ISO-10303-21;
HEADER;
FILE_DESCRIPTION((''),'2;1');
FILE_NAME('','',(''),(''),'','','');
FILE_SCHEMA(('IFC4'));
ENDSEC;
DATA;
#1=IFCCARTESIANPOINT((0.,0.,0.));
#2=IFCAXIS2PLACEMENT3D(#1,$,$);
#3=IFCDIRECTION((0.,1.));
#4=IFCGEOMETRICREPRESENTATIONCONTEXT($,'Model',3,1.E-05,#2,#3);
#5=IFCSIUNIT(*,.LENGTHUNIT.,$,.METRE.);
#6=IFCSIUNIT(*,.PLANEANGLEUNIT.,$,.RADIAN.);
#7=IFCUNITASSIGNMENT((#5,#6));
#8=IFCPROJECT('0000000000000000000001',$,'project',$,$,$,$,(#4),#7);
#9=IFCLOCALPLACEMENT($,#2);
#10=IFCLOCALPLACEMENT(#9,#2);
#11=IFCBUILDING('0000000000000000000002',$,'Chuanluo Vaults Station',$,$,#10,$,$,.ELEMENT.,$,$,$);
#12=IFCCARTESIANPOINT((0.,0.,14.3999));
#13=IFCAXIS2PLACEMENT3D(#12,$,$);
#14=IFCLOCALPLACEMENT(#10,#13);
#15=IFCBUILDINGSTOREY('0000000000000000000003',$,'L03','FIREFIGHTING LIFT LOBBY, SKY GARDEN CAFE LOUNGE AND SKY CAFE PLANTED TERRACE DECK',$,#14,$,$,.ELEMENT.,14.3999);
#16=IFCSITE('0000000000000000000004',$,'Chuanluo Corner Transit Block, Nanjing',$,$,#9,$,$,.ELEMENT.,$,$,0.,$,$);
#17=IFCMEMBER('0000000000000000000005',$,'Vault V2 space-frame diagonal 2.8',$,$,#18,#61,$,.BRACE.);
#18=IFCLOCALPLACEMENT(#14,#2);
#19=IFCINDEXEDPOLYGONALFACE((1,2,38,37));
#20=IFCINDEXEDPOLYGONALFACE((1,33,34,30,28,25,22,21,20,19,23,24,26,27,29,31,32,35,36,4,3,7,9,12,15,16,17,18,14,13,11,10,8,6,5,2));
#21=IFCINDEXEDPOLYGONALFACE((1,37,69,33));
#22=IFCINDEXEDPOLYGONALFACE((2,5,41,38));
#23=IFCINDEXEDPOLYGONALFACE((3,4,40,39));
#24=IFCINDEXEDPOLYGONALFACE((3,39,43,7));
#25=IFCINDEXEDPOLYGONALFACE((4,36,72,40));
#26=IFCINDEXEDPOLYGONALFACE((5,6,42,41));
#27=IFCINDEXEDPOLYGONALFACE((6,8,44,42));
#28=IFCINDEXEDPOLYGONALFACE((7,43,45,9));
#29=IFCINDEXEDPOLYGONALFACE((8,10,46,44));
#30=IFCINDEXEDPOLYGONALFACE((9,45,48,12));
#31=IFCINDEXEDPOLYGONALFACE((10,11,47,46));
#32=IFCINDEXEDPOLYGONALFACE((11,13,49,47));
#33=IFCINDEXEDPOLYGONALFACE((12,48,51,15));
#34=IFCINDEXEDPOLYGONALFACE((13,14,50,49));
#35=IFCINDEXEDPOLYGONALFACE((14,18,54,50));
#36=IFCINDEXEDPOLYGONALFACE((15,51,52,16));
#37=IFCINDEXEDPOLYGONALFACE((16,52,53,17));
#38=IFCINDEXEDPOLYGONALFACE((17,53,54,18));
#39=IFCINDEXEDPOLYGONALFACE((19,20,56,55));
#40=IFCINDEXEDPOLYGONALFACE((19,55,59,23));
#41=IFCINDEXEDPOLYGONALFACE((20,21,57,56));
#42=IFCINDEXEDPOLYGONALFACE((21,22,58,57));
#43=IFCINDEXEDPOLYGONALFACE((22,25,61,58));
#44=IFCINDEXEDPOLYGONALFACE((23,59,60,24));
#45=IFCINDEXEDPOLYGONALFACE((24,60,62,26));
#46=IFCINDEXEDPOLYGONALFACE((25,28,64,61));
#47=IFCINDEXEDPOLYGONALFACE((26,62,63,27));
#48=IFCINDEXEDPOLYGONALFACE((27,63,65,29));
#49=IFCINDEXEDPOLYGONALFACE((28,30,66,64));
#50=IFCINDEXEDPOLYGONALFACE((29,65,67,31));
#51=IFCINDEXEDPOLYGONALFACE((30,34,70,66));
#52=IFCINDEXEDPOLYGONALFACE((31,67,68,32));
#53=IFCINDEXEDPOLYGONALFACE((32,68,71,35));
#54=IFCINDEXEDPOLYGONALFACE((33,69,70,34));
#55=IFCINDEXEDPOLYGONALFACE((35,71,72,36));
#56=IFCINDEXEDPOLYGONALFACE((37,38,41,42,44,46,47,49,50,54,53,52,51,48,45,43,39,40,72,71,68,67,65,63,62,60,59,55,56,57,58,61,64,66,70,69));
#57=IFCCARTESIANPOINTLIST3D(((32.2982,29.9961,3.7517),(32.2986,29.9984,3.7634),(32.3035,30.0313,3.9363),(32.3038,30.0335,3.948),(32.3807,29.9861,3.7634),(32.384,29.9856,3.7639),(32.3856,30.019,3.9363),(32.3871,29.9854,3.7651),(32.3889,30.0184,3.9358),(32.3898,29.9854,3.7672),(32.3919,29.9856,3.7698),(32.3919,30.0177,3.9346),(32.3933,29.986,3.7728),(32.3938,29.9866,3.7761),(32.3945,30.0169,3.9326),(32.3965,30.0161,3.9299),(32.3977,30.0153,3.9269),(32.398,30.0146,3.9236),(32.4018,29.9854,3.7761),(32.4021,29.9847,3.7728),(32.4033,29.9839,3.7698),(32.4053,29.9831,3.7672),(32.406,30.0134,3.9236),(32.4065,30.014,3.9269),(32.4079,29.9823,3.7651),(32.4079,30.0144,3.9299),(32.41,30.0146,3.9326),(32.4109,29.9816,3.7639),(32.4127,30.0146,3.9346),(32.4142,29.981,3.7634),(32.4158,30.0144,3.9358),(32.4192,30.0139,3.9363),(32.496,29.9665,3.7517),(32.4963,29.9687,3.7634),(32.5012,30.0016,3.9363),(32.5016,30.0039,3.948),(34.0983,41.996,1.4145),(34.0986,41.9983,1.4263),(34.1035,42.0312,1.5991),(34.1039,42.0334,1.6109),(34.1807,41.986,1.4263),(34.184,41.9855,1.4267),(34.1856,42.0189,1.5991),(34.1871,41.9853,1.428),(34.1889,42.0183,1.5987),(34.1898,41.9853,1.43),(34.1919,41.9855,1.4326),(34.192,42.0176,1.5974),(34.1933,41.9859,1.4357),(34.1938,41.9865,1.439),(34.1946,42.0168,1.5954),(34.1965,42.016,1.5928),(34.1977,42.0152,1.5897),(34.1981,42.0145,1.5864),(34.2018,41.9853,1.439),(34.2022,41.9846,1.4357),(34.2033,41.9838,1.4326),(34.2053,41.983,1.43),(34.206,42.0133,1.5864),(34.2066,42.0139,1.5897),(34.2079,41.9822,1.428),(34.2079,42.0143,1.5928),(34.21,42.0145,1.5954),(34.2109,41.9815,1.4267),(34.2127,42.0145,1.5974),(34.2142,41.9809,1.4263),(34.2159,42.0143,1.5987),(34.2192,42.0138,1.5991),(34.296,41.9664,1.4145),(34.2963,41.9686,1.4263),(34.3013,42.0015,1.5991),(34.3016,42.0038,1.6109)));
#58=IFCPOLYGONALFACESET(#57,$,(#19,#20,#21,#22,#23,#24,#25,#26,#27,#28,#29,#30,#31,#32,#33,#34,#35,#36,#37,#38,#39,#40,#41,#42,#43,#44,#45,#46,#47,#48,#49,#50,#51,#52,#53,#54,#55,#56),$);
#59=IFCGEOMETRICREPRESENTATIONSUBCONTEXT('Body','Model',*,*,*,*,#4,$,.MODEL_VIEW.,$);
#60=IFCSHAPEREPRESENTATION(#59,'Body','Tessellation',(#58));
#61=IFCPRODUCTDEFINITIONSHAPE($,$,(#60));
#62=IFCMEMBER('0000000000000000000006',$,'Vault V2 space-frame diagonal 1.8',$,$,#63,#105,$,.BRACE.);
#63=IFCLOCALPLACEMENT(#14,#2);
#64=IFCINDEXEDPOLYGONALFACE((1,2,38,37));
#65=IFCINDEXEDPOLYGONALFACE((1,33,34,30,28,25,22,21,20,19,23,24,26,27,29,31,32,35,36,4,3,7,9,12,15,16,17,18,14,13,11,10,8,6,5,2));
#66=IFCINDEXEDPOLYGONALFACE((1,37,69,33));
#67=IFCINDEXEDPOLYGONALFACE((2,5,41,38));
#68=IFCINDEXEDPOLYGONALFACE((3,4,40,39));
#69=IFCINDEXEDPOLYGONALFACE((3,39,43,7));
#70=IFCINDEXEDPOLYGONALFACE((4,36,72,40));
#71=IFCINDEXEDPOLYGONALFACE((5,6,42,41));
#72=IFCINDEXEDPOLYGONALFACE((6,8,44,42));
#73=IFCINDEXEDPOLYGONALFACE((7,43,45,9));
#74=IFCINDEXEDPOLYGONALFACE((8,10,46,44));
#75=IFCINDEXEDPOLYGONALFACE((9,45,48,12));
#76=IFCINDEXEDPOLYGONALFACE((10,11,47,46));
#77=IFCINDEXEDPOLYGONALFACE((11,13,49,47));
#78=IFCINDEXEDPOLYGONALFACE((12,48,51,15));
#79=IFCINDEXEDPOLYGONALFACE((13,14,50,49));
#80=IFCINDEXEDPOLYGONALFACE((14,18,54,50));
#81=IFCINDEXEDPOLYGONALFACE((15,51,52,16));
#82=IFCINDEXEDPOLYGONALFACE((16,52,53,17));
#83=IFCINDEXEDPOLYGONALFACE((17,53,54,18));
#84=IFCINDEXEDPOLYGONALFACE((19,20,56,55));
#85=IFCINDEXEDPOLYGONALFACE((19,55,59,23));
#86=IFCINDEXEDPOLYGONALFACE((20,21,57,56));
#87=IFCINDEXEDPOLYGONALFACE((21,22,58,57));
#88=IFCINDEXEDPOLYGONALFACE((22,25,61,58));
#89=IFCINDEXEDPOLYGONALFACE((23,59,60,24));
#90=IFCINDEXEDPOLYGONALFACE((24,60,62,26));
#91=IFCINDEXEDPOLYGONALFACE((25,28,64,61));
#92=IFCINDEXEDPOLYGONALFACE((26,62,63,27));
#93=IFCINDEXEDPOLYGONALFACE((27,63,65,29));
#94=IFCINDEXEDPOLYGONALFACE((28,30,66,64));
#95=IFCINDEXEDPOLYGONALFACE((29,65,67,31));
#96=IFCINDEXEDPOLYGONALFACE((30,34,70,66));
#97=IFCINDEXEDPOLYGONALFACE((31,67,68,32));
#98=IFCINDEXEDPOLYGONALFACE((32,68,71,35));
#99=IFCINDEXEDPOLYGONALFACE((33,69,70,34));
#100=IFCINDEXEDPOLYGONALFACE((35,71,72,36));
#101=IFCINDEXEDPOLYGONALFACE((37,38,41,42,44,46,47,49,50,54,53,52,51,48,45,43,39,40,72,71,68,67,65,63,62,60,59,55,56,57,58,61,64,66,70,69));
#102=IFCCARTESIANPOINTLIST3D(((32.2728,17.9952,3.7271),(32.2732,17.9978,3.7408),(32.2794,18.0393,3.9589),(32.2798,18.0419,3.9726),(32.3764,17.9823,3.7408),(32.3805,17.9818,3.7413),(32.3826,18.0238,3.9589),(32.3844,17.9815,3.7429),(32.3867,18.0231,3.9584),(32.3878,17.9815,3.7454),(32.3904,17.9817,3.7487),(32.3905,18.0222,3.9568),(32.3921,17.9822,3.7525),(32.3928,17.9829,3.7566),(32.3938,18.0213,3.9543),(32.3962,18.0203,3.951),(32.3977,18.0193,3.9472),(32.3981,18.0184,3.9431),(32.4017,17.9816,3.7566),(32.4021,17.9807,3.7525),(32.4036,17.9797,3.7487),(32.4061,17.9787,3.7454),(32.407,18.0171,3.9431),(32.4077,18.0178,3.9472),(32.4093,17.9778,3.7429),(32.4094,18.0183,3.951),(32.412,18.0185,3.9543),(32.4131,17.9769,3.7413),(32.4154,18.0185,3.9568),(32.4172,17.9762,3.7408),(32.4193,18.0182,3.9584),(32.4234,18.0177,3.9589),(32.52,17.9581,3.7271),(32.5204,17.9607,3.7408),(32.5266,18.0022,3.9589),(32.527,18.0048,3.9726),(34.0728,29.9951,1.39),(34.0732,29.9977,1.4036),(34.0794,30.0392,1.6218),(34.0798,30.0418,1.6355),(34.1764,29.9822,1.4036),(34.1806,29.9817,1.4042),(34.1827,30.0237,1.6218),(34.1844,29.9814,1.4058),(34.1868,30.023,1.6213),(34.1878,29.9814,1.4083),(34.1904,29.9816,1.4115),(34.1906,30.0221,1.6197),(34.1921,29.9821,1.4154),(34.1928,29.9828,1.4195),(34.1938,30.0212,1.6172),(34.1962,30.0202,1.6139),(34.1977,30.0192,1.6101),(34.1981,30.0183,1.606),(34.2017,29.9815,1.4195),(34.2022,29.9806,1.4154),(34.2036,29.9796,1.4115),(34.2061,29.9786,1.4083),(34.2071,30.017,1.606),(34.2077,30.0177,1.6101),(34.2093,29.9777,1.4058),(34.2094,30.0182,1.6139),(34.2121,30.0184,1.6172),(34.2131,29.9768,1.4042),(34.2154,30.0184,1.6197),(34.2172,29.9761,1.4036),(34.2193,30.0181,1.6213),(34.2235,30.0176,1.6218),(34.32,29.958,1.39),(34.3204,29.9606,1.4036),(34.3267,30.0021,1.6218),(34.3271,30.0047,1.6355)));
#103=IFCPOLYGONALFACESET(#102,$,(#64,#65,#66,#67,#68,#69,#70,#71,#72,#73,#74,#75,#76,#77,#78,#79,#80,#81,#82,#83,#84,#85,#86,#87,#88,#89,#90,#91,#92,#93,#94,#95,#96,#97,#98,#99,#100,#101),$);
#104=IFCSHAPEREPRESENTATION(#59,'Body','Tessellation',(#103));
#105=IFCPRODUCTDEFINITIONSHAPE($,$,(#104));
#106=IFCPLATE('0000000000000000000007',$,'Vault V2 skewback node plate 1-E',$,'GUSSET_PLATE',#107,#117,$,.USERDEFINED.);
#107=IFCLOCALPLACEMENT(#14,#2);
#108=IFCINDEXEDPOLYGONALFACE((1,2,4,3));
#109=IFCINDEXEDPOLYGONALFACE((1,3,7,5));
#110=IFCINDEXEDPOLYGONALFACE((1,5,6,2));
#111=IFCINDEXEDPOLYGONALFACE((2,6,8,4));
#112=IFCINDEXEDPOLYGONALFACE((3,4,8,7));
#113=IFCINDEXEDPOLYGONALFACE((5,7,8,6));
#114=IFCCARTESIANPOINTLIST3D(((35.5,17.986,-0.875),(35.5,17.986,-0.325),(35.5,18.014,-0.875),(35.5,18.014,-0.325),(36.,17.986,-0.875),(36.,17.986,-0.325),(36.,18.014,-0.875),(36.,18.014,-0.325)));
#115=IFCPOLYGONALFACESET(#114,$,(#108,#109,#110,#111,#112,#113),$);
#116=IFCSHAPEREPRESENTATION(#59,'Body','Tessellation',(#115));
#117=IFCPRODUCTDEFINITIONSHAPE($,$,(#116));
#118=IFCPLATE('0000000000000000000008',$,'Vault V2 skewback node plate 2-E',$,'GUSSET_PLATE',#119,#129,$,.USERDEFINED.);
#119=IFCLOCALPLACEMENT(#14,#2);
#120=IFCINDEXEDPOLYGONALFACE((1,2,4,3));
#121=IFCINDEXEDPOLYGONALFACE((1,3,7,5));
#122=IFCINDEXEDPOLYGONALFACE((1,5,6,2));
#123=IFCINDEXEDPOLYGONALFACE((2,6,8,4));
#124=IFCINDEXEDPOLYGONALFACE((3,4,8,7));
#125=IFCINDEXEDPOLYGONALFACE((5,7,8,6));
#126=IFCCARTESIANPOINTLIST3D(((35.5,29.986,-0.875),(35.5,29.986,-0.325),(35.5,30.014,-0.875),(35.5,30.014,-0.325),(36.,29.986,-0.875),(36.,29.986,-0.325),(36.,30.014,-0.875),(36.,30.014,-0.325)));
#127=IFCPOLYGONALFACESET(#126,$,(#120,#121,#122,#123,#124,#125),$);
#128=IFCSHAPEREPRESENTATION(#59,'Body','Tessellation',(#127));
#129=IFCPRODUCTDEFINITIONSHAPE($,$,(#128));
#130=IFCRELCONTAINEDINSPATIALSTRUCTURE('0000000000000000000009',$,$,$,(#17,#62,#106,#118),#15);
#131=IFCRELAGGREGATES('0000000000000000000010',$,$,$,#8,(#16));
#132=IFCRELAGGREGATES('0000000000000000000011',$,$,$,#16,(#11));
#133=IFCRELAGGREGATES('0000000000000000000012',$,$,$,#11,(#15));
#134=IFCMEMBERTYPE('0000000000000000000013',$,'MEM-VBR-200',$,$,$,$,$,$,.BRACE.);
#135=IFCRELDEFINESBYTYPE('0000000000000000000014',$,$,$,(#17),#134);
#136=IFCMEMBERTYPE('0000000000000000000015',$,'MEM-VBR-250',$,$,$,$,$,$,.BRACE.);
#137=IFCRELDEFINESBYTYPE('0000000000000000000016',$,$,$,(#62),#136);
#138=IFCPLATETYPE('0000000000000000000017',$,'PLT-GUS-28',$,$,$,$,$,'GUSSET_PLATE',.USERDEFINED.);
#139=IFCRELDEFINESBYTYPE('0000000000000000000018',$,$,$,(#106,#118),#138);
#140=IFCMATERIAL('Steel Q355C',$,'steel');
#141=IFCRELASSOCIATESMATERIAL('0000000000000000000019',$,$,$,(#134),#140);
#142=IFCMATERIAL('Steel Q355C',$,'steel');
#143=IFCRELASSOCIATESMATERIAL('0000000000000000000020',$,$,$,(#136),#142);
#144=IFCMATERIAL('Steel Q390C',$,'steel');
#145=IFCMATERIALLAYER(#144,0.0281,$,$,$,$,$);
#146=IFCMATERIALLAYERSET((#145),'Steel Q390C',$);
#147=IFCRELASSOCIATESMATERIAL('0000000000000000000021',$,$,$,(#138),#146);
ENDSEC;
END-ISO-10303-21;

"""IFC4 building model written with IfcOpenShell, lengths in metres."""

from ifc_helpers import new_model, si_unit, direction, frame, origin, origin_2d, place, context, subcontext, project, spatial, rectangle, i_section, extrude, material, layer, layer_set, material_profile, profile_set, type_object, element, save


model = new_model("IFC4")

# Units and contexts
model_context = context("Model", 3, precision=1e-05, world=origin(), true_north=direction((0.0, 1.0)))
body_context = subcontext(model_context, "Body", "Model", "MODEL_VIEW")
ifc_project = project(units=[si_unit("LENGTHUNIT", "METRE"), si_unit("PLANEANGLEUNIT", "RADIAN")], contexts=[model_context])

# Site, building, storey
site_placement = place(None, origin())
site = spatial("IfcSite", under=ifc_project, at=site_placement, Name="Chuanluo Corner Transit Block, Nanjing", CompositionType="ELEMENT", RefElevation=0.0)
building_placement = place(site_placement, origin())
building = spatial("IfcBuilding", under=site, at=building_placement, Name="Chuanluo Vaults Station", CompositionType="ELEMENT")
storey_placement = place(building_placement, frame((0.0, 0.0, 14.3999)))
storey = spatial("IfcBuildingStorey", under=building, at=storey_placement, Name="L03", Description="FIREFIGHTING LIFT LOBBY, SKY GARDEN CAFE LOUNGE AND SKY CAFE PLANTED TERRACE DECK", CompositionType="ELEMENT", Elevation=14.3999)

# Members
ifc_material_1 = material(Name="Steel Q355C", Category="steel")
ifc_material_profile_1 = material_profile(ifc_material_1, i_section(OverallWidth=0.2, OverallDepth=0.2, WebThickness=0.0081, FlangeThickness=0.012, FilletRadius=0.0129, at=origin_2d()))
ifc_profile_set_1 = profile_set([ifc_material_profile_1], Name="Steel Q355C")
member_type_1 = type_object("IfcMemberType", Name="MEM-VBR-200", PredefinedType="BRACE", material=ifc_profile_set_1)
member_1_placement = place(storey_placement, frame((32.3999, 30.0, 3.8499), z_axis=(0.145667, 0.971087, -0.189132), x_axis=(-0.988936, 0.148344, 0.0)))
element("IfcMember", 1, at=member_1_placement, inside=storey, type_object=member_type_1, Name="Vault V2 space-frame diagonal 2.8", PredefinedType="BRACE", context=body_context, shape_type="SweptSolid", body=[
    extrude(i_section(OverallWidth=0.2, OverallDepth=0.2, WebThickness=0.0081, FlangeThickness=0.012, FilletRadius=0.0129, at=origin_2d()), origin(), (0.0, 0.0, 1.0), 12.3572),
])
ifc_material_2 = material(Name="Steel Q355C", Category="steel")
ifc_material_profile_2 = material_profile(ifc_material_2, i_section(OverallWidth=0.25, OverallDepth=0.25, WebThickness=0.009, FlangeThickness=0.0139, FilletRadius=0.0161, at=origin_2d()))
ifc_profile_set_2 = profile_set([ifc_material_profile_2], Name="Steel Q355C")
member_type_2 = type_object("IfcMemberType", Name="MEM-VBR-250", PredefinedType="BRACE", material=ifc_profile_set_2)
member_2_placement = place(storey_placement, frame((32.3999, 18.0, 3.8499), z_axis=(0.145667, 0.971087, -0.189132), x_axis=(-0.988936, 0.148344, 0.0)))
element("IfcMember", 2, at=member_2_placement, inside=storey, type_object=member_type_2, Name="Vault V2 space-frame diagonal 1.8", PredefinedType="BRACE", context=body_context, shape_type="SweptSolid", body=[
    extrude(i_section(OverallWidth=0.25, OverallDepth=0.25, WebThickness=0.009, FlangeThickness=0.0139, FilletRadius=0.0161, at=origin_2d()), origin(), (0.0, 0.0, 1.0), 12.3572),
])

# Plates
ifc_material_3 = material(Name="Steel Q390C", Category="steel")
ifc_layer = layer(ifc_material_3, 0.0281)
ifc_layer_set = layer_set([ifc_layer], Name="Steel Q390C")
plate_type = type_object("IfcPlateType", Name="PLT-GUS-28", ElementType="GUSSET_PLATE", PredefinedType="USERDEFINED", material=ifc_layer_set)
for number, where, z_axis, x_axis, name in (
    (3, (35.75, 18.0, -0.875), (0.0, 0.0, 1.0), (1.0, 0.0, 0.0), "Vault V2 skewback node plate 1-E"),
    (4, (35.75, 30.0, -0.875), (0.0, 0.0, 1.0), (1.0, 0.0, 0.0), "Vault V2 skewback node plate 2-E"),
):
    element("IfcPlate", number, at=place(storey_placement, frame(where, z_axis=z_axis, x_axis=x_axis)), inside=storey, type_object=plate_type, Name=name, ObjectType="GUSSET_PLATE", PredefinedType="USERDEFINED", context=body_context, shape_type="SweptSolid", body=[
        extrude(rectangle(XDim=0.5, YDim=0.0281, at=origin_2d()), origin(), (0.0, 0.0, 1.0), 0.55),
    ])

save(model, "model.ifc")
